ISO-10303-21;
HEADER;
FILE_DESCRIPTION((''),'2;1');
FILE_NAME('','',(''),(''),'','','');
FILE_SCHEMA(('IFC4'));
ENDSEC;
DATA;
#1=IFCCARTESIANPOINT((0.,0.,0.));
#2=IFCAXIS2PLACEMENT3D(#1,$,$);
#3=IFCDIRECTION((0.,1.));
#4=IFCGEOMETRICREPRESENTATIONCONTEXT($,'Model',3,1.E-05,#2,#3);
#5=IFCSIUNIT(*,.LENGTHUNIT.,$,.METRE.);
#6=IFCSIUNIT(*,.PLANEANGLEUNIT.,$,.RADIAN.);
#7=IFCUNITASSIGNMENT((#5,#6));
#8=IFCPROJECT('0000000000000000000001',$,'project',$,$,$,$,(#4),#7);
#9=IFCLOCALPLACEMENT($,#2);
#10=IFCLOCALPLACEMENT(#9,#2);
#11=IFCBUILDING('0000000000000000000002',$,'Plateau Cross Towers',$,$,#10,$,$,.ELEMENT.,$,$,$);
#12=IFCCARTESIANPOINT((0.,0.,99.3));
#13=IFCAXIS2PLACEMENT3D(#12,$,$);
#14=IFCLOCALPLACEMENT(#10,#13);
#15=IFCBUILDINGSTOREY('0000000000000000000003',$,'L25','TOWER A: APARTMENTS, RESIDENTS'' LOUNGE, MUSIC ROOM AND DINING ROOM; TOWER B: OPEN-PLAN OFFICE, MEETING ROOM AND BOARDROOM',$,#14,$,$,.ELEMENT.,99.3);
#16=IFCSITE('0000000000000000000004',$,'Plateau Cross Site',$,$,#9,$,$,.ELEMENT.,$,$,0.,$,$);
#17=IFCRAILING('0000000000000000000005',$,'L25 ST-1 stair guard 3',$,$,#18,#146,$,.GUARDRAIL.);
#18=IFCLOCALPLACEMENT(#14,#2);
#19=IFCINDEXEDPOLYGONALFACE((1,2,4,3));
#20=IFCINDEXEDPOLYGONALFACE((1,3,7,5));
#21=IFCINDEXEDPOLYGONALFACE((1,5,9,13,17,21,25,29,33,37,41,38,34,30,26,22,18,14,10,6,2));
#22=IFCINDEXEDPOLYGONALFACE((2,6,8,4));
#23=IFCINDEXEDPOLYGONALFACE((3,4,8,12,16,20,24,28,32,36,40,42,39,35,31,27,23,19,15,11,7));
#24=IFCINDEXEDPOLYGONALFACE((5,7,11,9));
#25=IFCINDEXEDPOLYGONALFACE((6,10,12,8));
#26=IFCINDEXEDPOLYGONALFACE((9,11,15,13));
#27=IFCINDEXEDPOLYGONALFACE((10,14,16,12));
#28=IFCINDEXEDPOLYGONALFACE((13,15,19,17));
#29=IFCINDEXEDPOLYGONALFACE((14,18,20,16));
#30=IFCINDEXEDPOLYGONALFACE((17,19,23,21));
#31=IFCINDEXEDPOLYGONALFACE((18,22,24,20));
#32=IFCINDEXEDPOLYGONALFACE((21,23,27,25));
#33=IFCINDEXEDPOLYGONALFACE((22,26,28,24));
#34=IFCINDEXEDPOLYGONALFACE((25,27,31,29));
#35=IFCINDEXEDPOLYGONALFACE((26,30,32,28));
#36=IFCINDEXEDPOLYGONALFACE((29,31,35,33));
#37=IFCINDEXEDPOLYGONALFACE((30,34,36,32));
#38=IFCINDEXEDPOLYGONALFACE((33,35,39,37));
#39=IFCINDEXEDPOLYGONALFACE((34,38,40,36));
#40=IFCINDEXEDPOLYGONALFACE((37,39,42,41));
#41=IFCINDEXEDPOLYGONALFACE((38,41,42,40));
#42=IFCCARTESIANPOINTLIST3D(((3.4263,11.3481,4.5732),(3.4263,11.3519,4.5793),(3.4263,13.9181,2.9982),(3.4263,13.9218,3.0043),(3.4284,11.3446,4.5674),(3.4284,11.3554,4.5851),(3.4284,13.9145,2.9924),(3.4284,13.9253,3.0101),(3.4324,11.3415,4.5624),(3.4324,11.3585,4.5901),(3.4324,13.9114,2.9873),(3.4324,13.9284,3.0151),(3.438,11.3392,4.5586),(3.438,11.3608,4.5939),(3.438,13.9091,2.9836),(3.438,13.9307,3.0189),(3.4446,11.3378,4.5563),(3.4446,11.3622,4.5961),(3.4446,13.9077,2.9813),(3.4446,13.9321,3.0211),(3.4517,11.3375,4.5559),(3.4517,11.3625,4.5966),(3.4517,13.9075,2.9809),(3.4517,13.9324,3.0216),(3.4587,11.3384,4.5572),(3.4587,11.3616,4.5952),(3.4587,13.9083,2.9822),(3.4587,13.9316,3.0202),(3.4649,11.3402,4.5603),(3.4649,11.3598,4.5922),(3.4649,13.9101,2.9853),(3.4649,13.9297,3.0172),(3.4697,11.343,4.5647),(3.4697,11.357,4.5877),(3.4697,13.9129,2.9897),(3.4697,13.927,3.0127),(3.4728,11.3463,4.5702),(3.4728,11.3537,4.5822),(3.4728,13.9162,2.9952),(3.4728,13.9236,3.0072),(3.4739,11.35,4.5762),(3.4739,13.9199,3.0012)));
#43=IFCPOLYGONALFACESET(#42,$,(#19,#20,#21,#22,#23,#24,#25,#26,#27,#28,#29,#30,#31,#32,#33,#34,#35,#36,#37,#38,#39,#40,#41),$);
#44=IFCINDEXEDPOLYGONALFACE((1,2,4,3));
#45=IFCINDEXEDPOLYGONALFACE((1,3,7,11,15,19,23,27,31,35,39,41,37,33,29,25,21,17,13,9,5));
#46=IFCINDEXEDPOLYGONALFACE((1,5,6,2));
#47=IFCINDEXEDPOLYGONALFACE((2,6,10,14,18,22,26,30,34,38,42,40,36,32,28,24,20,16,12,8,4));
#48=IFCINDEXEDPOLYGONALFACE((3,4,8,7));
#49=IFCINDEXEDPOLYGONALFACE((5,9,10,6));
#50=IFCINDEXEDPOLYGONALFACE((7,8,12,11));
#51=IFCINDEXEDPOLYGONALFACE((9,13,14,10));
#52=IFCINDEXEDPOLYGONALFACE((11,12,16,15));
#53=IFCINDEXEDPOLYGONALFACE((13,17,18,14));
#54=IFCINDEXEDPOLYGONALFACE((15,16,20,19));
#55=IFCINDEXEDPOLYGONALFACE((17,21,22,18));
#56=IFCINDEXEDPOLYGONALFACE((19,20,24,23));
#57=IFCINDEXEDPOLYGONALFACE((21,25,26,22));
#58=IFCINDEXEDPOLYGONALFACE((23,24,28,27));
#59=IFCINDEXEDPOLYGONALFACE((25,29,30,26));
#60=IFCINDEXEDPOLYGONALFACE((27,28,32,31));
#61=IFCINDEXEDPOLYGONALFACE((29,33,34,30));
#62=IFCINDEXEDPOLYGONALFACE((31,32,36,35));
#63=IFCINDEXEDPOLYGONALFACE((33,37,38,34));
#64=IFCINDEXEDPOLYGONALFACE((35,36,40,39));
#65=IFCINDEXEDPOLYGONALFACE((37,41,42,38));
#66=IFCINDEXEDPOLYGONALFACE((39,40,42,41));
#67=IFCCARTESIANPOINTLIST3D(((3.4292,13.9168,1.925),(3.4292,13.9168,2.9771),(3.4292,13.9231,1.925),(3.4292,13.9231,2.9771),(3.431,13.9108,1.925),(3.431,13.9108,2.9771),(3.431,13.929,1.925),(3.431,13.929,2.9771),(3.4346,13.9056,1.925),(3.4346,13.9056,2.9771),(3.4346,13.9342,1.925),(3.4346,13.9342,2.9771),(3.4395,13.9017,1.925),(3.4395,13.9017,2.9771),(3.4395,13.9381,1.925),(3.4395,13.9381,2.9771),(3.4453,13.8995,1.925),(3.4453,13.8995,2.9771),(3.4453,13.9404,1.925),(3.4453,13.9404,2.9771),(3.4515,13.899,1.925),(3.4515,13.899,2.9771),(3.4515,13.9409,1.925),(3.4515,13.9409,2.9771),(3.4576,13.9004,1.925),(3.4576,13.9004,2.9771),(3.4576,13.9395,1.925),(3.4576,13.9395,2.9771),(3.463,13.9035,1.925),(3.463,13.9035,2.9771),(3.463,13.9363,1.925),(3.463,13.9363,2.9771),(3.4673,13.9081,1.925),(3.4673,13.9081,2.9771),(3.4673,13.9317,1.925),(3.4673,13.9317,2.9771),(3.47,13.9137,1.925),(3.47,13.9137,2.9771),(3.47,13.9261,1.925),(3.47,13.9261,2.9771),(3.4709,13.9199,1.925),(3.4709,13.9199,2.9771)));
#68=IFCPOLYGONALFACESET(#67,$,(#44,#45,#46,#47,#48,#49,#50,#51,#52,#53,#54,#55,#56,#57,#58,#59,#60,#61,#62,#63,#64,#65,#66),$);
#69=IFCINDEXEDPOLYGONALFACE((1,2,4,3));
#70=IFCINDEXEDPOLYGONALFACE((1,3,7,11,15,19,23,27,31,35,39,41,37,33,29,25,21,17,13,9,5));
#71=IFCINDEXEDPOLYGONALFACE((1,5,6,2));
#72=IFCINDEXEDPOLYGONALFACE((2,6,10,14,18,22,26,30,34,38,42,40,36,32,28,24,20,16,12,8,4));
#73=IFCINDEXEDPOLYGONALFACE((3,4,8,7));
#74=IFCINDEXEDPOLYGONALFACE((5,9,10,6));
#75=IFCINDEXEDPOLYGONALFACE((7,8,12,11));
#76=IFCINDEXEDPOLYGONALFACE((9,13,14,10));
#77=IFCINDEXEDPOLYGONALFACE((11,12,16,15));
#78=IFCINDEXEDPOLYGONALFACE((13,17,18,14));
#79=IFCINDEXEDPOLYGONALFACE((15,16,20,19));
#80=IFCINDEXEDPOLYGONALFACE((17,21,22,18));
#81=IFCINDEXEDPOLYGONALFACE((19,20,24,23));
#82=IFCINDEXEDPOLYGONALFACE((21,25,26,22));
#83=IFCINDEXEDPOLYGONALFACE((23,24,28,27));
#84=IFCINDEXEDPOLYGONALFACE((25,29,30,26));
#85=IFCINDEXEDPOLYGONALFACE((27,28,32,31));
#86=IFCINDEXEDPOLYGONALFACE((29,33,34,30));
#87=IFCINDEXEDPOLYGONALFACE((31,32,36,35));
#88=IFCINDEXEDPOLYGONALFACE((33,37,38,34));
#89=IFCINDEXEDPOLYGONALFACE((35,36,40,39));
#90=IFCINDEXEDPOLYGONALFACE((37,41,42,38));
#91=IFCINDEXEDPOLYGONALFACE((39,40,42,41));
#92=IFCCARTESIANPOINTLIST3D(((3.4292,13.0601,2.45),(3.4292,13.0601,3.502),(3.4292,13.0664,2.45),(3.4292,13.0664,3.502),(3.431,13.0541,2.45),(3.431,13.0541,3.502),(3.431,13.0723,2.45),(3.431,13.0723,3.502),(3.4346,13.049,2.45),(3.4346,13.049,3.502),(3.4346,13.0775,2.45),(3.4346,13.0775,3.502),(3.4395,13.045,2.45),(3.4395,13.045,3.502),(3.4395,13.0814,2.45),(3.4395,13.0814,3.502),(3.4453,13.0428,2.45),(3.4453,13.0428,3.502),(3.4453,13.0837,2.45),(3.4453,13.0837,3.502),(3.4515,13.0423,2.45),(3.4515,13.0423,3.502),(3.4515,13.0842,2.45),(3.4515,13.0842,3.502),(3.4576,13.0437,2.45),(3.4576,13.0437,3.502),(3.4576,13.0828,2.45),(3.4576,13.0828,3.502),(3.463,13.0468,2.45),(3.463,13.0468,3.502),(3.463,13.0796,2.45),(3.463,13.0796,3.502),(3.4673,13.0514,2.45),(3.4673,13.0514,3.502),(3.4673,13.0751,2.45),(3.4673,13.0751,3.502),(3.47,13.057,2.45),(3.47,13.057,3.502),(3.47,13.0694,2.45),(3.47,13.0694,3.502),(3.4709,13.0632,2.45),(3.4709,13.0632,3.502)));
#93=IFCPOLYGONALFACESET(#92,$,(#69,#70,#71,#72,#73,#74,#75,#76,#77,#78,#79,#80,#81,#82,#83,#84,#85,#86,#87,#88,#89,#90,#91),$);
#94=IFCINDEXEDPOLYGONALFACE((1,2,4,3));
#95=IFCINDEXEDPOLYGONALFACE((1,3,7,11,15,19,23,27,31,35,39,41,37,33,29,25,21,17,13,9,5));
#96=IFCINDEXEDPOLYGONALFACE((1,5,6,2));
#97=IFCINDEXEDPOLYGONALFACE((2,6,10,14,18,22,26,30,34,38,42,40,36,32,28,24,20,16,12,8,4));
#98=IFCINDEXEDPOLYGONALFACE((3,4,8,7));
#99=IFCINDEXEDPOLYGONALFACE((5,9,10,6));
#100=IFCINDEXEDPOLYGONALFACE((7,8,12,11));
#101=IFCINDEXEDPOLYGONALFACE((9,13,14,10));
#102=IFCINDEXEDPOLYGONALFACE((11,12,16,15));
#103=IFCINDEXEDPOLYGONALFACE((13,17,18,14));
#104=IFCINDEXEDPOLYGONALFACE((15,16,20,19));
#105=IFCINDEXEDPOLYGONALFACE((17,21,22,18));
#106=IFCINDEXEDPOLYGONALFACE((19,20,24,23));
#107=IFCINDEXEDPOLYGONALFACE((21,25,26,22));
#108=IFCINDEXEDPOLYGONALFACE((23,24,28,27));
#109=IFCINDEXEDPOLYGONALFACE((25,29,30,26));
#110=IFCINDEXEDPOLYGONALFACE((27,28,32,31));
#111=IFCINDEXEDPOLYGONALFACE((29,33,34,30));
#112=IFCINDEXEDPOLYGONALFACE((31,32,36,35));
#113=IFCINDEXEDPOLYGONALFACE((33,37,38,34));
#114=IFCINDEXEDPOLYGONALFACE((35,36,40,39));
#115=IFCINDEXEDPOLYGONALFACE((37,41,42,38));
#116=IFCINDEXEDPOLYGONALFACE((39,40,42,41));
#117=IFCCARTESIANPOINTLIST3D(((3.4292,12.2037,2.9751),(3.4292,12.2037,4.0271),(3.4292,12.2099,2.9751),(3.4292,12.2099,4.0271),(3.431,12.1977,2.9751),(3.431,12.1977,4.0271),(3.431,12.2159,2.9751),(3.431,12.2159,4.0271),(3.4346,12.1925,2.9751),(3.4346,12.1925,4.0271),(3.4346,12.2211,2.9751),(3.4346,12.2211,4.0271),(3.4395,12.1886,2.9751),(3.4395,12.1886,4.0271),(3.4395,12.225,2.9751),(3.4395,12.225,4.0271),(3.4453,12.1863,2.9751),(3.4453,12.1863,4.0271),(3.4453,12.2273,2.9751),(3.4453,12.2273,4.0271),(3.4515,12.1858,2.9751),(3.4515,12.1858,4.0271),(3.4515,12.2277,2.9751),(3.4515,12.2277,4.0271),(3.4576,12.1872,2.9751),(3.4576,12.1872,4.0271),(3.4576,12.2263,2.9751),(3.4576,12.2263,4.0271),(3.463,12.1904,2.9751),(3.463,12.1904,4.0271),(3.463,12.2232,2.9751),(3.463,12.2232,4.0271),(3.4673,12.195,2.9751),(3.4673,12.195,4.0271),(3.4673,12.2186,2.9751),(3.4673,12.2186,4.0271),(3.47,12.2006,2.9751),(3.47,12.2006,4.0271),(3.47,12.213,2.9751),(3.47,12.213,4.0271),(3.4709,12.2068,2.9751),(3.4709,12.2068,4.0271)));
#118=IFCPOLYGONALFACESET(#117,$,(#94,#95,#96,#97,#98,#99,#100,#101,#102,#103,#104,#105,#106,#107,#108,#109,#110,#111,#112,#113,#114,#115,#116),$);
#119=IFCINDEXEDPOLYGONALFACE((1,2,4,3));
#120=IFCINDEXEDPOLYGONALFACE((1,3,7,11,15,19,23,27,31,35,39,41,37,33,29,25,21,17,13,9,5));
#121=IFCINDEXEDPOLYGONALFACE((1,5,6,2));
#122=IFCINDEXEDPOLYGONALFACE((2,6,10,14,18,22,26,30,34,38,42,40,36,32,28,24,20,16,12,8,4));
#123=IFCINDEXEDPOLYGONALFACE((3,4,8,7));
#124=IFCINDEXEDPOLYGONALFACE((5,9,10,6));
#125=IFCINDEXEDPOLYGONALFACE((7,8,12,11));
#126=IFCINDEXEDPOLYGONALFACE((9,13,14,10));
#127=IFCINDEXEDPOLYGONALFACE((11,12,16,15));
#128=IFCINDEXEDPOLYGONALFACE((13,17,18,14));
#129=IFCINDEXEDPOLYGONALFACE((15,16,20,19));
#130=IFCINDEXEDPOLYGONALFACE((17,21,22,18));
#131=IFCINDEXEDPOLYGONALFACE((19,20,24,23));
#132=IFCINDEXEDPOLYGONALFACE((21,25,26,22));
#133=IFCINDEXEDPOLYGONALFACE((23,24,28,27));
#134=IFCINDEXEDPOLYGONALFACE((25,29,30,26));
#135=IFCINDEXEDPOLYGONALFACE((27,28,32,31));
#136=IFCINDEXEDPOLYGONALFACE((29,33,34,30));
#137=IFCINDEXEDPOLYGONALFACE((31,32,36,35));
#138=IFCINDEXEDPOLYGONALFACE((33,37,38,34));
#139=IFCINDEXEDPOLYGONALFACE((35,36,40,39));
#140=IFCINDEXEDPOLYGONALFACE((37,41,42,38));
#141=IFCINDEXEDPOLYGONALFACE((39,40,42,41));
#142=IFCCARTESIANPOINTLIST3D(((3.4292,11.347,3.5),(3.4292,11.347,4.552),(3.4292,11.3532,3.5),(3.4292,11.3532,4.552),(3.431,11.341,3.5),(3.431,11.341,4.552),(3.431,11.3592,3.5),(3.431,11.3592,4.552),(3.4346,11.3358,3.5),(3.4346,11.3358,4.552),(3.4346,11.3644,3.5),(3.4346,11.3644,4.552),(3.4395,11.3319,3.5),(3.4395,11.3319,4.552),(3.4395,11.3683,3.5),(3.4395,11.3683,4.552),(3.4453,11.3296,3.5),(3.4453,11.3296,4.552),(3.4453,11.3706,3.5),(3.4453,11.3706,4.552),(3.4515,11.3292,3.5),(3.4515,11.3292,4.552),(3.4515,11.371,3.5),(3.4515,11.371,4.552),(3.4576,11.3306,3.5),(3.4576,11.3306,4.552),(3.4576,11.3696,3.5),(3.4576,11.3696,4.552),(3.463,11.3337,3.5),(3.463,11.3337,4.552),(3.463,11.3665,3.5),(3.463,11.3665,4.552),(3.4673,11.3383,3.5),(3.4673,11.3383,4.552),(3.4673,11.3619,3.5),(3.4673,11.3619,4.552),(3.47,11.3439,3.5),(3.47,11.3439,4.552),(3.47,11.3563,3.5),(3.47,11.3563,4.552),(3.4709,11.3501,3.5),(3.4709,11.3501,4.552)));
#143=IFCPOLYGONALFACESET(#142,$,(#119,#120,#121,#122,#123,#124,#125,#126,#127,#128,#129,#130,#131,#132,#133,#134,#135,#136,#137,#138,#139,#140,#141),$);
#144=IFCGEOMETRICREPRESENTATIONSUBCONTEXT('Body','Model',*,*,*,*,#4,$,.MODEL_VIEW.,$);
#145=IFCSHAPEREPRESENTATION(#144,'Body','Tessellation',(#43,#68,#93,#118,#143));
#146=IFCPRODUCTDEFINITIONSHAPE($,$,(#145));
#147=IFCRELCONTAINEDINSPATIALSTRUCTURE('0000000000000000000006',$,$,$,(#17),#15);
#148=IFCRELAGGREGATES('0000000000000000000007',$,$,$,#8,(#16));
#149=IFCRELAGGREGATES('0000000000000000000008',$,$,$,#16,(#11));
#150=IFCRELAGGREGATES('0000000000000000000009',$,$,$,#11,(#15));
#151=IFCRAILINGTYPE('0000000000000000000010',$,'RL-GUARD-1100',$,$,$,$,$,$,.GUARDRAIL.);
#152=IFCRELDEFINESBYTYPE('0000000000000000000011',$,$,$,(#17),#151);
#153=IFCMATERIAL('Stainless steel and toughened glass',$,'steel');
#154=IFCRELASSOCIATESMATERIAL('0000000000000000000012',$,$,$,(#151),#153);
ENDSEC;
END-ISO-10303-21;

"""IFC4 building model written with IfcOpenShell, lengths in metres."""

from ifc_helpers import new_model, si_unit, direction, frame, origin, origin_2d, place, context, subcontext, project, spatial, circle, extrude, material, type_object, element, save


model = new_model("IFC4")

# Units and contexts
model_context = context("Model", 3, precision=1e-05, world=origin(), true_north=direction((0.0, 1.0)))
body_context = subcontext(model_context, "Body", "Model", "MODEL_VIEW")
ifc_project = project(units=[si_unit("LENGTHUNIT", "METRE"), si_unit("PLANEANGLEUNIT", "RADIAN")], contexts=[model_context])

# Site, building, storey
site_placement = place(None, origin())
site = spatial("IfcSite", under=ifc_project, at=site_placement, Name="Plateau Cross Site", CompositionType="ELEMENT", RefElevation=0.0)
building_placement = place(site_placement, origin())
building = spatial("IfcBuilding", under=site, at=building_placement, Name="Plateau Cross Towers", CompositionType="ELEMENT")
storey_placement = place(building_placement, frame((0.0, 0.0, 99.3)))
storey = spatial("IfcBuildingStorey", under=building, at=storey_placement, Name="L25", Description="TOWER A: APARTMENTS, RESIDENTS' LOUNGE, MUSIC ROOM AND DINING ROOM; TOWER B: OPEN-PLAN OFFICE, MEETING ROOM AND BOARDROOM", CompositionType="ELEMENT", Elevation=99.3)

# Railing
ifc_material_1 = material(Name="Stainless steel and toughened glass", Category="steel")
railing_type_1 = type_object("IfcRailingType", Name="RL-GUARD-1100", PredefinedType="GUARDRAIL", material=ifc_material_1)
railing_1_placement = place(storey_placement, frame((3.45, 13.9199, 1.925)))
element("IfcRailing", 1, at=railing_1_placement, inside=storey, type_object=railing_type_1, Name="L25 ST-1 stair guard 3", PredefinedType="GUARDRAIL", context=body_context, shape_type="SweptSolid", body=[
    extrude(circle(Radius=0.0239, at=origin_2d()), frame((0.0, 0.0, 1.0762), z_axis=(0.0, -0.852616, 0.522537), x_axis=(1.0, 0.0, 0.0)), (0.0, 0.0, 1.0), 3.0142),
    extrude(circle(Radius=0.021, at=origin_2d()), origin(), (0.0, 0.0, 1.0), 1.052),
    extrude(circle(Radius=0.021, at=origin_2d()), frame((0.0, -0.8567, 0.5249)), (0.0, 0.0, 1.0), 1.052),
    extrude(circle(Radius=0.021, at=origin_2d()), frame((0.0, -1.7131, 1.05)), (0.0, 0.0, 1.0), 1.052),
    extrude(circle(Radius=0.021, at=origin_2d()), frame((0.0, -2.5698, 1.575)), (0.0, 0.0, 1.0), 1.052),
])

save(model, "model.ifc")
